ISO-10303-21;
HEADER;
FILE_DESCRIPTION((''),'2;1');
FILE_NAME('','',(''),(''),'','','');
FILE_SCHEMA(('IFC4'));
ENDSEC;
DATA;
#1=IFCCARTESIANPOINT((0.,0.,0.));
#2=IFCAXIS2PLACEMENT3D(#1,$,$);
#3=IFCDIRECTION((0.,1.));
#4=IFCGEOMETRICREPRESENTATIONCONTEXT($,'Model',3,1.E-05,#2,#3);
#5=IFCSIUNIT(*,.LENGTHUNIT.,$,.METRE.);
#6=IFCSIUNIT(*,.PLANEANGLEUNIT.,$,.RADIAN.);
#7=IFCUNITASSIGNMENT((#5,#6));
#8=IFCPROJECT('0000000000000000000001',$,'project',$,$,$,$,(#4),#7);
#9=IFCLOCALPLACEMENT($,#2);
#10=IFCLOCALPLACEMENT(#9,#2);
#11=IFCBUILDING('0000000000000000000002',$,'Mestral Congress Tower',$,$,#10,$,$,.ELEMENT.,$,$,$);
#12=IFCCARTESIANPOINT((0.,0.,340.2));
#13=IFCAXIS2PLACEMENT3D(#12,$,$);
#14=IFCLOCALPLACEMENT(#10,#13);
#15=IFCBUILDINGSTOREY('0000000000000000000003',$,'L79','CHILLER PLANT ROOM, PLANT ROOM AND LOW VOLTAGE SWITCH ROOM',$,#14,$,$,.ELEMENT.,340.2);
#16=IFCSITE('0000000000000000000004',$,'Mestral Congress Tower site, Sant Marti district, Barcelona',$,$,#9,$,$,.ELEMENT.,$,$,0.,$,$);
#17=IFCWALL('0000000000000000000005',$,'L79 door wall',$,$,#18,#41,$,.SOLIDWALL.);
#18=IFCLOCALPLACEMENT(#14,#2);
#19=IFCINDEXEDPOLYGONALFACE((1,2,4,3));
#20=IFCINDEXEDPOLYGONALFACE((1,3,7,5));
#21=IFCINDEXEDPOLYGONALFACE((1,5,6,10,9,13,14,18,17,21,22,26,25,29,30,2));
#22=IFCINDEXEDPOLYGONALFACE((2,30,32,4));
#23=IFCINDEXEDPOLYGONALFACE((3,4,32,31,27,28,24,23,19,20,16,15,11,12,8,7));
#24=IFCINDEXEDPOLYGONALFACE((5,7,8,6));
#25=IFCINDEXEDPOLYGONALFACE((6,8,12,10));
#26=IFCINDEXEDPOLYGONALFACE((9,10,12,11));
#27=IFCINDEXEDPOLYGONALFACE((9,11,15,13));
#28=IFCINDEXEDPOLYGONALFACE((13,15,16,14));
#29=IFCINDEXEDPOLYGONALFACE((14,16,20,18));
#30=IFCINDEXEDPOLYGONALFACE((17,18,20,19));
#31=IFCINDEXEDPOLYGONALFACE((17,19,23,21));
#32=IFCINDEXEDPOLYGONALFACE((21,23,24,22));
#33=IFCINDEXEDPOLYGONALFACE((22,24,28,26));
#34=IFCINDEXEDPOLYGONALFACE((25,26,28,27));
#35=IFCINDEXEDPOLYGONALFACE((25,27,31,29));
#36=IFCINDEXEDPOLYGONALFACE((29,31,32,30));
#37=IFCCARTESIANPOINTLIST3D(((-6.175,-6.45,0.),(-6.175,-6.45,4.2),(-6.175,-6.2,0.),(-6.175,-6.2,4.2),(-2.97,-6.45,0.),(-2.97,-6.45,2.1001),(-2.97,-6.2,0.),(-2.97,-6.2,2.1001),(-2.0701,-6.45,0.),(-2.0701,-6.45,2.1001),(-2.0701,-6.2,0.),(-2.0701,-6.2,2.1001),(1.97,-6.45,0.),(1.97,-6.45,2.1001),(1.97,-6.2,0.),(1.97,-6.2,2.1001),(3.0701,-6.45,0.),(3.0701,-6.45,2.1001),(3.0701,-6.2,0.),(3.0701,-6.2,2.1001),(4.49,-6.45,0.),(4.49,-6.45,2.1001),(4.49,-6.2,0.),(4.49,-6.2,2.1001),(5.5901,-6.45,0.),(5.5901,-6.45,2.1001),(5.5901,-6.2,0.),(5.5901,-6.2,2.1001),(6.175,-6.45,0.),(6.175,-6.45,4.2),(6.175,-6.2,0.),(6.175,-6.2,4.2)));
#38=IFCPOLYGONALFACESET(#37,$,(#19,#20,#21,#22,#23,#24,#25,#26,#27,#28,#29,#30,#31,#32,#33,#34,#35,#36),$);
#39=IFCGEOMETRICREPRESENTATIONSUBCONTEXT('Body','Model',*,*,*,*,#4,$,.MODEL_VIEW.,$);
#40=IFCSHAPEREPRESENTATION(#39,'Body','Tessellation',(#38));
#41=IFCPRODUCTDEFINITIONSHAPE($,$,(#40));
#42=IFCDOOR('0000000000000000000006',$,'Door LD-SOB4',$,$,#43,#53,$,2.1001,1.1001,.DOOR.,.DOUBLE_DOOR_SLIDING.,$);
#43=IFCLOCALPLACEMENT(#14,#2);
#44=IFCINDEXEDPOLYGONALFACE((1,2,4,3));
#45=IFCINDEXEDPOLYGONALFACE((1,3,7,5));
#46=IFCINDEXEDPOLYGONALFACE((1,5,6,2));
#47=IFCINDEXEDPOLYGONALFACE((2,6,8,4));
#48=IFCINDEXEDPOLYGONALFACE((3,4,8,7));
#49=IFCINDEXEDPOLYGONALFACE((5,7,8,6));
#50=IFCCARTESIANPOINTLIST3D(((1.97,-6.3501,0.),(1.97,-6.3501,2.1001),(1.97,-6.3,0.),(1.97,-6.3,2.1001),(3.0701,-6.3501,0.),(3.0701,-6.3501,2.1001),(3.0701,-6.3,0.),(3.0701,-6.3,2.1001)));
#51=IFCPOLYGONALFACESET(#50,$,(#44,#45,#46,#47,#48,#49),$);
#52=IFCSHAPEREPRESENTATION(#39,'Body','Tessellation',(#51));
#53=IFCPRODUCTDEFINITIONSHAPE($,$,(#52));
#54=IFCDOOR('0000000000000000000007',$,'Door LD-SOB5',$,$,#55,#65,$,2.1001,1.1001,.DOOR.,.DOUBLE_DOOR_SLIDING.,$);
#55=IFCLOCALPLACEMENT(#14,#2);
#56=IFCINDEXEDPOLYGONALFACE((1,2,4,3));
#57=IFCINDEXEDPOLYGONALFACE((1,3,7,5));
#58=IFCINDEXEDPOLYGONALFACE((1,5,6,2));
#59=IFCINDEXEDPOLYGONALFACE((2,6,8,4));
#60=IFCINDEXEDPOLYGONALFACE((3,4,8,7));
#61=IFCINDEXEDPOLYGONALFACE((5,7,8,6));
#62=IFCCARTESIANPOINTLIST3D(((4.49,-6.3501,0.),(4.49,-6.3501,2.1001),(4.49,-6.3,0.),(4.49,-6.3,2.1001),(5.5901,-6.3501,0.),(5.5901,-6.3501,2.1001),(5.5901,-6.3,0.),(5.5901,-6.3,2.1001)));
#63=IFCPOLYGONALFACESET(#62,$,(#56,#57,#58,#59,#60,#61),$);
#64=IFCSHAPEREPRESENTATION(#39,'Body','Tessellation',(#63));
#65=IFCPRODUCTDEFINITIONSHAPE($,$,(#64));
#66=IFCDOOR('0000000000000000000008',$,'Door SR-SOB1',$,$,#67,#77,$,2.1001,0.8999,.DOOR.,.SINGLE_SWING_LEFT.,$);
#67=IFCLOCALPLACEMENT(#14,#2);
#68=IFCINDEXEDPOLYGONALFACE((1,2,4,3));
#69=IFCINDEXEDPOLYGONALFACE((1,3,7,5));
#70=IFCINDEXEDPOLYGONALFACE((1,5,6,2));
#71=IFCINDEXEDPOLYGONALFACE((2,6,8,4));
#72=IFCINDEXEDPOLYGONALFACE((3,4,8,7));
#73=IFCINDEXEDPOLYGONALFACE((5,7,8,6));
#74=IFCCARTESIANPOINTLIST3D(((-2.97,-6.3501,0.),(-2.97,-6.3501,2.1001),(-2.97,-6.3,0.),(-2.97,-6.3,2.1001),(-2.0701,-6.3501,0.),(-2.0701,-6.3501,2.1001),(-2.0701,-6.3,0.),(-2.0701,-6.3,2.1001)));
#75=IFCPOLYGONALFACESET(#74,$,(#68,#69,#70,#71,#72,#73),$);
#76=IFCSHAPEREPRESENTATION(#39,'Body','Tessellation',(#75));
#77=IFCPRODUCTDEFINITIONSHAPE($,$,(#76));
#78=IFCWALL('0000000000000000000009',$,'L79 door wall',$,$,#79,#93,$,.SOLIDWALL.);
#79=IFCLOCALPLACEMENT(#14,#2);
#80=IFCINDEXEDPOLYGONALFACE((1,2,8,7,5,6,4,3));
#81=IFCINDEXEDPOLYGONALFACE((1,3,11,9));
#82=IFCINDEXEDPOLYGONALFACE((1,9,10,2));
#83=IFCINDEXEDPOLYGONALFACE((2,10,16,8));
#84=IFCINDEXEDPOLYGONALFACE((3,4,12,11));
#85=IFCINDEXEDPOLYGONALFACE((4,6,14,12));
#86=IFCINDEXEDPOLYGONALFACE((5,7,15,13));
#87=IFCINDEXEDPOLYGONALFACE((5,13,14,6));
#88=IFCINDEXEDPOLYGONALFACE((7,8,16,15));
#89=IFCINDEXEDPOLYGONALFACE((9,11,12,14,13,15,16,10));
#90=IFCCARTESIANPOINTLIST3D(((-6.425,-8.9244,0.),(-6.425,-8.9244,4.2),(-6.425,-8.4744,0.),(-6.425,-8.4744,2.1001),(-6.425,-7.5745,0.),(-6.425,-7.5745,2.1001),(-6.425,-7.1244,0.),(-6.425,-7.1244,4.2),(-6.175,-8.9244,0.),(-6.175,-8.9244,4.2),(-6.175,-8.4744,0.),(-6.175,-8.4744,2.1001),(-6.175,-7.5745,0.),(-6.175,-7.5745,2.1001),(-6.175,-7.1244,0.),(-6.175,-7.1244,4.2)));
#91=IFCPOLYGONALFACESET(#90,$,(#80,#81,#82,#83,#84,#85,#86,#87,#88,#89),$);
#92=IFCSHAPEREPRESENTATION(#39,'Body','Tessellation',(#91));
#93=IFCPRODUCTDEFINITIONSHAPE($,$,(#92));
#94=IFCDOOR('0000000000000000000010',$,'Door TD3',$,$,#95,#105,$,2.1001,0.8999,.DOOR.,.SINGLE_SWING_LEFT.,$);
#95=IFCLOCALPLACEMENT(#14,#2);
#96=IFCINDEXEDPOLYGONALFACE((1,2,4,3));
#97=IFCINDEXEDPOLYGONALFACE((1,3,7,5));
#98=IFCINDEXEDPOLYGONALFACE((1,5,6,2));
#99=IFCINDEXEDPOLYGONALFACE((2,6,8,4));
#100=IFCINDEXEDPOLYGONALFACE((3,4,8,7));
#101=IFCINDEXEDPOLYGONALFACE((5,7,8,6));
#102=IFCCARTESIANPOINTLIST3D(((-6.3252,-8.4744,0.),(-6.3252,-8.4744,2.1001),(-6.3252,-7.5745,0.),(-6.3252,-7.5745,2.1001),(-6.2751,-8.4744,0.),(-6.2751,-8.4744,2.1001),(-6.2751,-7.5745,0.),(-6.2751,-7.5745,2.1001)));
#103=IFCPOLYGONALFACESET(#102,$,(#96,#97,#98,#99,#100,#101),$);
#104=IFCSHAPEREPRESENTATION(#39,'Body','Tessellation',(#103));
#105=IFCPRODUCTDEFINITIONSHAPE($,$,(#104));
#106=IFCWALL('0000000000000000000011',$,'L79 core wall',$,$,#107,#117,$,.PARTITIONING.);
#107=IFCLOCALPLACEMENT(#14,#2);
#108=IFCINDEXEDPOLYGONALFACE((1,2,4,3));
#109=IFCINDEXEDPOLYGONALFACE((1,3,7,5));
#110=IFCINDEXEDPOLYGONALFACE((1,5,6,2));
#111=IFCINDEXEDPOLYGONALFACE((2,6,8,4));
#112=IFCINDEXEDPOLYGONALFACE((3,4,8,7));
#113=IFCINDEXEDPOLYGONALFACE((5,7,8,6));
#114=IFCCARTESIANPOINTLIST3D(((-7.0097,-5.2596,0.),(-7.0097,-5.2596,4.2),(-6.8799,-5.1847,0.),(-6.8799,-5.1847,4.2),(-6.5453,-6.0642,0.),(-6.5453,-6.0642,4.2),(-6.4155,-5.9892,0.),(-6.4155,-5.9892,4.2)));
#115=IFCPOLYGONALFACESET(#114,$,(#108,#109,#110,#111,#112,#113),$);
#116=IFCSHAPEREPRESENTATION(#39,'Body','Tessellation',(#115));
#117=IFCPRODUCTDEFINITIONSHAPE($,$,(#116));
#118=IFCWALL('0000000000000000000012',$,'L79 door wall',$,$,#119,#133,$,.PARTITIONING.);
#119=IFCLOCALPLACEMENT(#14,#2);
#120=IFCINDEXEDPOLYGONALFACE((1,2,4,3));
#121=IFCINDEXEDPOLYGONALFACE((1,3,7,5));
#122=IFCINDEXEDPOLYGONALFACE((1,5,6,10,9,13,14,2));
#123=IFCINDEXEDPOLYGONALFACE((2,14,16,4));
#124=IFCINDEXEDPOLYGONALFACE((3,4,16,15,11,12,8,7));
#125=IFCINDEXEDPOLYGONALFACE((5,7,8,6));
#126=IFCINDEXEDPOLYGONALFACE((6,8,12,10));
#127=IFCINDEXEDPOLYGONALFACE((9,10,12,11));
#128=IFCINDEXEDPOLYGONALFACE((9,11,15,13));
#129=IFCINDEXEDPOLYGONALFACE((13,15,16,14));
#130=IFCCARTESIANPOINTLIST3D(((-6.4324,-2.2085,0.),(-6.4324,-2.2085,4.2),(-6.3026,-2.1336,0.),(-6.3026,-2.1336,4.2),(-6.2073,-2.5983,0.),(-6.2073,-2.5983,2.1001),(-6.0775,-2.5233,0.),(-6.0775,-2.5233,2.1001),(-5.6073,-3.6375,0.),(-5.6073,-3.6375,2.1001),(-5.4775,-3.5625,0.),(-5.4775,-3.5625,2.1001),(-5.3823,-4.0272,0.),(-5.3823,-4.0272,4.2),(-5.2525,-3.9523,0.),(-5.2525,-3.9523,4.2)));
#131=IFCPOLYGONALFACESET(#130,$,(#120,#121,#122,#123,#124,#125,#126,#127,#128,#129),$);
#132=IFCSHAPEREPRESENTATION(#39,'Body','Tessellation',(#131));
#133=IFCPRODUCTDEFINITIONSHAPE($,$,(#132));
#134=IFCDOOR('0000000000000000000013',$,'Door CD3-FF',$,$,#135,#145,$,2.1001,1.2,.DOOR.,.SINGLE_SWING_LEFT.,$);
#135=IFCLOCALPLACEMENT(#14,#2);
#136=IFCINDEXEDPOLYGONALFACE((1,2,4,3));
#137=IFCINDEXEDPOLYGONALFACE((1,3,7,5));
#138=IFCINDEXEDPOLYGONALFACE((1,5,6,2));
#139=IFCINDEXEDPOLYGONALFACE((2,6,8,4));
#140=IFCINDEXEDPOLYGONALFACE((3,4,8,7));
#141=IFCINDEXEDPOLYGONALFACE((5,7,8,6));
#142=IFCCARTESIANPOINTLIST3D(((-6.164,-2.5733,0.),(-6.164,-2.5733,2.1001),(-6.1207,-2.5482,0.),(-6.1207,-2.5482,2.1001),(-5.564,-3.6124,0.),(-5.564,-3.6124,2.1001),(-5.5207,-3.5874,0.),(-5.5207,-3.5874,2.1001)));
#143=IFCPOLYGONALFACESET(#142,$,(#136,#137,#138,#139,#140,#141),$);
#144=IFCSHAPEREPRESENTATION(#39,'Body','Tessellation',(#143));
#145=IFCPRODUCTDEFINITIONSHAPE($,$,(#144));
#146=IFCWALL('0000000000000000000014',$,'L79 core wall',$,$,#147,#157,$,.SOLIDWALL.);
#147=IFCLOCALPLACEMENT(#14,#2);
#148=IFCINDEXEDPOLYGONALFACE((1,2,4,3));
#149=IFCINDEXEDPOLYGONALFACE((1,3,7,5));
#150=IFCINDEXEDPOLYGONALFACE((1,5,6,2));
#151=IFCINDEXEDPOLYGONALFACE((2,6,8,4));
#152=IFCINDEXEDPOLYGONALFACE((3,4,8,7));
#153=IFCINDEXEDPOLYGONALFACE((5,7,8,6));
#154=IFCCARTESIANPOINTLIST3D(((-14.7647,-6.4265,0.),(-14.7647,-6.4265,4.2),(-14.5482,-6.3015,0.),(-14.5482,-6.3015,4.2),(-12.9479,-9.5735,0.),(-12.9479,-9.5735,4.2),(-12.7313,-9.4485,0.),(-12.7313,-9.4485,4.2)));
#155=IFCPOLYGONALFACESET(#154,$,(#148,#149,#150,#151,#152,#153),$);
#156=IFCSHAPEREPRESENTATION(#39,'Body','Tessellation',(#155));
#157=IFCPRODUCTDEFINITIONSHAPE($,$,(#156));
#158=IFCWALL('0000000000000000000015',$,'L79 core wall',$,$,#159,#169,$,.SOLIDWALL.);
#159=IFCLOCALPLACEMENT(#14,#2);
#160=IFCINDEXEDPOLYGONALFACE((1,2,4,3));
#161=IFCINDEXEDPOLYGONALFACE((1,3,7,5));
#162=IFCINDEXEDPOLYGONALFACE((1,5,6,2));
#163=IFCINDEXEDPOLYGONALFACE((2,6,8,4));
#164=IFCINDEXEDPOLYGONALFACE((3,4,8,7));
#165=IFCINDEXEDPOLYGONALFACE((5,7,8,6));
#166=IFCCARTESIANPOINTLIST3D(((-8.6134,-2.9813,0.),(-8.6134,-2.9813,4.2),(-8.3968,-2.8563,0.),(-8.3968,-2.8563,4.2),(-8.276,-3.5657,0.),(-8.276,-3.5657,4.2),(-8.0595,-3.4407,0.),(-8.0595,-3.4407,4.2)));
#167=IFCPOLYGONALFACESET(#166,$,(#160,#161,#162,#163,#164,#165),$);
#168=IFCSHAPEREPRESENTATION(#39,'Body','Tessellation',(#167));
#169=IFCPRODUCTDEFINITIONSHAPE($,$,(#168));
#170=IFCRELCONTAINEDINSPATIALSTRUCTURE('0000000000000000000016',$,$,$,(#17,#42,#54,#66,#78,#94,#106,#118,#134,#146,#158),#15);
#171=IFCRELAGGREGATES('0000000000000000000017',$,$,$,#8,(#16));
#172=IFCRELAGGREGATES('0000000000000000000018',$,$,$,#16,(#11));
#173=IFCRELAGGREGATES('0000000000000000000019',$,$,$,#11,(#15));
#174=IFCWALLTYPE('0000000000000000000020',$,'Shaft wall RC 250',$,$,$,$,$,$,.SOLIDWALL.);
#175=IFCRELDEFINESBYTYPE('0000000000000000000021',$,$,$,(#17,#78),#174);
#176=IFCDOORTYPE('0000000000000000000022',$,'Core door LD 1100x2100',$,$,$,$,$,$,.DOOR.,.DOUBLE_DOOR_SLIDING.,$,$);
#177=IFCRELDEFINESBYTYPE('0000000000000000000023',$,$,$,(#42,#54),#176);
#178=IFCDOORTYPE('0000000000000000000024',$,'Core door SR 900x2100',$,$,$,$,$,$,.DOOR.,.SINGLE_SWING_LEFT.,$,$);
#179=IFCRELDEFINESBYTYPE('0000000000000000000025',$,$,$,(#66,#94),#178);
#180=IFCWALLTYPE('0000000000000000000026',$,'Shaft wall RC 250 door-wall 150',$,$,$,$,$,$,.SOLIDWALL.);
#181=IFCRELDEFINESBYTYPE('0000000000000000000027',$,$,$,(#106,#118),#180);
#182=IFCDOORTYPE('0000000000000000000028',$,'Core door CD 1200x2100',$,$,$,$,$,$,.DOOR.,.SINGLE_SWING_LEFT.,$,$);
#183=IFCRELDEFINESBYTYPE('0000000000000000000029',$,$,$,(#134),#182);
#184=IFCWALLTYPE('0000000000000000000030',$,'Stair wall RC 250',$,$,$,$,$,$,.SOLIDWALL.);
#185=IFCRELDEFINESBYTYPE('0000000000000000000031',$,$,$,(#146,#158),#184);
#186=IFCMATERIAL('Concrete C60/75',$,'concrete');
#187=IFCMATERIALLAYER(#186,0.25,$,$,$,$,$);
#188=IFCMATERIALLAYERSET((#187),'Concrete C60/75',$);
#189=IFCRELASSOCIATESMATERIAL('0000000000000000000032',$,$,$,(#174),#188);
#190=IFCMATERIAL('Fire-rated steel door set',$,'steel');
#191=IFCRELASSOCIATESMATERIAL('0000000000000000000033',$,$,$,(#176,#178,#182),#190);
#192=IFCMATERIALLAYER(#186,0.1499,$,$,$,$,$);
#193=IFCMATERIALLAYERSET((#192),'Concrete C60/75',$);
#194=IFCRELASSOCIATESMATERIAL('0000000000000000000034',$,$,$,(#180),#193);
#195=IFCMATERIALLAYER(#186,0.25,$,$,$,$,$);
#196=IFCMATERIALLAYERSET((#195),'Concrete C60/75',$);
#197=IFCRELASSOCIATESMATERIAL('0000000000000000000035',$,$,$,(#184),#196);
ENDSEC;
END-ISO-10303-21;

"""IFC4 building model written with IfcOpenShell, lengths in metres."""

from ifc_helpers import new_model, si_unit, direction, frame, frame_2d, origin, place, context, subcontext, project, spatial, rectangle, extrude, material, layer, layer_set, type_object, element, fill, save


model = new_model("IFC4")

# Units and contexts
model_context = context("Model", 3, precision=1e-05, world=origin(), true_north=direction((0.0, 1.0)))
body_context = subcontext(model_context, "Body", "Model", "MODEL_VIEW")
ifc_project = project(units=[si_unit("LENGTHUNIT", "METRE"), si_unit("PLANEANGLEUNIT", "RADIAN")], contexts=[model_context])

# Site, building, storey
site_placement = place(None, origin())
site = spatial("IfcSite", under=ifc_project, at=site_placement, Name="Mestral Congress Tower site, Sant Marti district, Barcelona", CompositionType="ELEMENT", RefElevation=0.0)
building_placement = place(site_placement, origin())
building = spatial("IfcBuilding", under=site, at=building_placement, Name="Mestral Congress Tower", CompositionType="ELEMENT")
storey_placement = place(building_placement, frame((0.0, 0.0, 340.2)))
storey = spatial("IfcBuildingStorey", under=building, at=storey_placement, Name="L79", Description="CHILLER PLANT ROOM, PLANT ROOM AND LOW VOLTAGE SWITCH ROOM", CompositionType="ELEMENT", Elevation=340.2)

# Shared definitions
ifc_material_1 = material(Name="Concrete C60/75", Category="concrete")
ifc_layer_1 = layer(ifc_material_1, 0.25)
ifc_layer_set_1 = layer_set([ifc_layer_1], Name="Concrete C60/75")
wall_type_1 = type_object("IfcWallType", Name="Shaft wall RC 250", PredefinedType="SOLIDWALL", material=ifc_layer_set_1)

# Wall, openings, doors
wall_1_placement = place(storey_placement, frame((-6.175, -6.325, 0.0), z_axis=(0.0, 0.0, 1.0), x_axis=(1.0, 0.0, 0.0)))
wall_1 = element("IfcWall", 1, at=wall_1_placement, inside=storey, type_object=wall_type_1, Name="L79 door wall", PredefinedType="SOLIDWALL", context=body_context, shape_type="SweptSolid", body=[
    extrude(rectangle(XDim=12.3501, YDim=0.25, at=frame_2d((6.175, 0.0))), origin(), (0.0, 0.0, 1.0), 4.2),
])
opening_1_placement = place(wall_1_placement, frame((3.2051, 0.0, 0.0)))
opening_1 = element("IfcOpeningElement", 2, at=opening_1_placement, cuts=wall_1, PredefinedType="OPENING", context=body_context, shape_type="SweptSolid", body=[
    extrude(rectangle(XDim=0.8999, YDim=2.1001, at=frame_2d((0.45, 1.05))), frame((0.0, 0.135, 0.0), z_axis=(0.0, -1.0, 0.0), x_axis=(1.0, 0.0, 0.0)), (0.0, 0.0, 1.0), 0.27),
])
opening_2_placement = place(wall_1_placement, frame((8.145, 0.0, 0.0)))
opening_2 = element("IfcOpeningElement", 3, at=opening_2_placement, cuts=wall_1, PredefinedType="OPENING", context=body_context, shape_type="SweptSolid", body=[
    extrude(rectangle(XDim=1.1001, YDim=2.1001, at=frame_2d((0.55, 1.05))), frame((0.0, 0.135, 0.0), z_axis=(0.0, -1.0, 0.0), x_axis=(1.0, 0.0, 0.0)), (0.0, 0.0, 1.0), 0.27),
])
opening_3_placement = place(wall_1_placement, frame((10.665, 0.0, 0.0)))
opening_3 = element("IfcOpeningElement", 4, at=opening_3_placement, cuts=wall_1, PredefinedType="OPENING", context=body_context, shape_type="SweptSolid", body=[
    extrude(rectangle(XDim=1.1001, YDim=2.1001, at=frame_2d((0.55, 1.05))), frame((0.0, 0.135, 0.0), z_axis=(0.0, -1.0, 0.0), x_axis=(1.0, 0.0, 0.0)), (0.0, 0.0, 1.0), 0.27),
])
ifc_material_2 = material(Name="Fire-rated steel door set", Category="steel")
door_type_1 = type_object("IfcDoorType", Name="Core door LD 1100x2100", OperationType="DOUBLE_DOOR_SLIDING", PredefinedType="DOOR", material=ifc_material_2)
door_1_placement = place(opening_2_placement, origin())
door_1 = element("IfcDoor", 5, at=door_1_placement, inside=storey, type_object=door_type_1, Name="Door LD-SOB4", OperationType="DOUBLE_DOOR_SLIDING", OverallHeight=2.1001, OverallWidth=1.1001, PredefinedType="DOOR", context=body_context, shape_type="SweptSolid", body=[
    extrude(rectangle(XDim=1.1001, YDim=2.1001, at=frame_2d((0.55, 1.05))), frame((0.0, 0.0249, 0.0), z_axis=(0.0, -1.0, 0.0), x_axis=(1.0, 0.0, 0.0)), (0.0, 0.0, 1.0), 0.05),
])
fill(opening_2, door_1)
door_2_placement = place(opening_3_placement, origin())
door_2 = element("IfcDoor", 6, at=door_2_placement, inside=storey, type_object=door_type_1, Name="Door LD-SOB5", OperationType="DOUBLE_DOOR_SLIDING", OverallHeight=2.1001, OverallWidth=1.1001, PredefinedType="DOOR", context=body_context, shape_type="SweptSolid", body=[
    extrude(rectangle(XDim=1.1001, YDim=2.1001, at=frame_2d((0.55, 1.05))), frame((0.0, 0.0249, 0.0), z_axis=(0.0, -1.0, 0.0), x_axis=(1.0, 0.0, 0.0)), (0.0, 0.0, 1.0), 0.05),
])
fill(opening_3, door_2)
door_type_2 = type_object("IfcDoorType", Name="Core door SR 900x2100", OperationType="SINGLE_SWING_LEFT", PredefinedType="DOOR", material=ifc_material_2)
door_3_placement = place(opening_1_placement, origin())
door_3 = element("IfcDoor", 7, at=door_3_placement, inside=storey, type_object=door_type_2, Name="Door SR-SOB1", OperationType="SINGLE_SWING_LEFT", OverallHeight=2.1001, OverallWidth=0.8999, PredefinedType="DOOR", context=body_context, shape_type="SweptSolid", body=[
    extrude(rectangle(XDim=0.8999, YDim=2.1001, at=frame_2d((0.45, 1.05))), frame((0.0, 0.0249, 0.0), z_axis=(0.0, -1.0, 0.0), x_axis=(1.0, 0.0, 0.0)), (0.0, 0.0, 1.0), 0.05),
])
fill(opening_1, door_3)

# Wall, opening, door
wall_2_placement = place(storey_placement, frame((-6.3, -7.1245, 0.0), z_axis=(0.0, 0.0, 1.0), x_axis=(0.0, -1.0, 0.0)))
wall_2 = element("IfcWall", 8, at=wall_2_placement, inside=storey, type_object=wall_type_1, Name="L79 door wall", PredefinedType="SOLIDWALL", context=body_context, shape_type="SweptSolid", body=[
    extrude(rectangle(XDim=1.8, YDim=0.25, at=frame_2d((0.8999, 0.0))), origin(), (0.0, 0.0, 1.0), 4.2),
])
opening_4_placement = place(wall_2_placement, frame((0.45, 0.0, 0.0)))
opening_4 = element("IfcOpeningElement", 9, at=opening_4_placement, cuts=wall_2, PredefinedType="OPENING", context=body_context, shape_type="SweptSolid", body=[
    extrude(rectangle(XDim=0.8999, YDim=2.1001, at=frame_2d((0.45, 1.05))), frame((0.0, 0.135, 0.0), z_axis=(0.0, -1.0, 0.0), x_axis=(1.0, 0.0, 0.0)), (0.0, 0.0, 1.0), 0.27),
])
door_4_placement = place(opening_4_placement, origin())
door_4 = element("IfcDoor", 10, at=door_4_placement, inside=storey, type_object=door_type_2, Name="Door TD3", OperationType="SINGLE_SWING_LEFT", OverallHeight=2.1001, OverallWidth=0.8999, PredefinedType="DOOR", context=body_context, shape_type="SweptSolid", body=[
    extrude(rectangle(XDim=0.8999, YDim=2.1001, at=frame_2d((0.45, 1.05))), frame((0.0, 0.0249, 0.0), z_axis=(0.0, -1.0, 0.0), x_axis=(1.0, 0.0, 0.0)), (0.0, 0.0, 1.0), 0.05),
])
fill(opening_4, door_4)

# Wall
ifc_layer_2 = layer(ifc_material_1, 0.1499)
ifc_layer_set_2 = layer_set([ifc_layer_2], Name="Concrete C60/75")
wall_type_2 = type_object("IfcWallType", Name="Shaft wall RC 250 door-wall 150", PredefinedType="SOLIDWALL", material=ifc_layer_set_2)
wall_3_placement = place(storey_placement, frame((-6.4805, -6.0266, 0.0), z_axis=(0.0, 0.0, 1.0), x_axis=(-0.499927, 0.866067, 0.0)))
element("IfcWall", 11, at=wall_3_placement, inside=storey, type_object=wall_type_2, Name="L79 core wall", PredefinedType="PARTITIONING", context=body_context, shape_type="SweptSolid", body=[
    extrude(rectangle(XDim=0.929, YDim=0.1499, at=frame_2d((0.4644, 0.0))), origin(), (0.0, 0.0, 1.0), 4.2),
])

# Wall, opening, door
wall_4_placement = place(storey_placement, frame((-5.3174, -3.9897, 0.0), z_axis=(0.0, 0.0, 1.0), x_axis=(-0.500028, 0.866009, 0.0)))
wall_4 = element("IfcWall", 12, at=wall_4_placement, inside=storey, type_object=wall_type_2, Name="L79 door wall", PredefinedType="PARTITIONING", context=body_context, shape_type="SweptSolid", body=[
    extrude(rectangle(XDim=2.1001, YDim=0.1499, at=frame_2d((1.05, 0.0))), origin(), (0.0, 0.0, 1.0), 4.2),
])
opening_5_placement = place(wall_4_placement, frame((0.45, 0.0, 0.0)))
opening_5 = element("IfcOpeningElement", 13, at=opening_5_placement, cuts=wall_4, PredefinedType="OPENING", context=body_context, shape_type="SweptSolid", body=[
    extrude(rectangle(XDim=1.2, YDim=2.1001, at=frame_2d((0.6001, 1.05))), frame((0.0, 0.085, 0.0), z_axis=(0.0, -1.0, 0.0), x_axis=(1.0, 0.0, 0.0)), (0.0, 0.0, 1.0), 0.1699),
])
door_type_3 = type_object("IfcDoorType", Name="Core door CD 1200x2100", OperationType="SINGLE_SWING_LEFT", PredefinedType="DOOR", material=ifc_material_2)
door_5_placement = place(opening_5_placement, origin())
door_5 = element("IfcDoor", 14, at=door_5_placement, inside=storey, type_object=door_type_3, Name="Door CD3-FF", OperationType="SINGLE_SWING_LEFT", OverallHeight=2.1001, OverallWidth=1.2, PredefinedType="DOOR", context=body_context, shape_type="SweptSolid", body=[
    extrude(rectangle(XDim=1.2, YDim=2.1001, at=frame_2d((0.6001, 1.05))), frame((0.0, 0.0249, 0.0), z_axis=(0.0, -1.0, 0.0), x_axis=(1.0, 0.0, 0.0)), (0.0, 0.0, 1.0), 0.05),
])
fill(opening_5, door_5)

# Walls
ifc_layer_3 = layer(ifc_material_1, 0.25)
ifc_layer_set_3 = layer_set([ifc_layer_3], Name="Concrete C60/75")
wall_type_3 = type_object("IfcWallType", Name="Stair wall RC 250", PredefinedType="SOLIDWALL", material=ifc_layer_set_3)
wall_5_placement = place(storey_placement, frame((-12.8396, -9.511, 0.0), z_axis=(0.0, 0.0, 1.0), x_axis=(-0.499998, 0.866027, 0.0)))
element("IfcWall", 15, at=wall_5_placement, inside=storey, type_object=wall_type_3, Name="L79 core wall", PredefinedType="SOLIDWALL", context=body_context, shape_type="SweptSolid", body=[
    extrude(rectangle(XDim=3.6338, YDim=0.25, at=frame_2d((1.8169, 0.0))), origin(), (0.0, 0.0, 1.0), 4.2),
])
wall_6_placement = place(storey_placement, frame((-8.1677, -3.5032, 0.0), z_axis=(0.0, 0.0, 1.0), x_axis=(-0.499952, 0.866053, 0.0)))
element("IfcWall", 16, at=wall_6_placement, inside=storey, type_object=wall_type_3, Name="L79 core wall", PredefinedType="SOLIDWALL", context=body_context, shape_type="SweptSolid", body=[
    extrude(rectangle(XDim=0.6748, YDim=0.25, at=frame_2d((0.3374, 0.0))), origin(), (0.0, 0.0, 1.0), 4.2),
])

save(model, "model.ifc")
